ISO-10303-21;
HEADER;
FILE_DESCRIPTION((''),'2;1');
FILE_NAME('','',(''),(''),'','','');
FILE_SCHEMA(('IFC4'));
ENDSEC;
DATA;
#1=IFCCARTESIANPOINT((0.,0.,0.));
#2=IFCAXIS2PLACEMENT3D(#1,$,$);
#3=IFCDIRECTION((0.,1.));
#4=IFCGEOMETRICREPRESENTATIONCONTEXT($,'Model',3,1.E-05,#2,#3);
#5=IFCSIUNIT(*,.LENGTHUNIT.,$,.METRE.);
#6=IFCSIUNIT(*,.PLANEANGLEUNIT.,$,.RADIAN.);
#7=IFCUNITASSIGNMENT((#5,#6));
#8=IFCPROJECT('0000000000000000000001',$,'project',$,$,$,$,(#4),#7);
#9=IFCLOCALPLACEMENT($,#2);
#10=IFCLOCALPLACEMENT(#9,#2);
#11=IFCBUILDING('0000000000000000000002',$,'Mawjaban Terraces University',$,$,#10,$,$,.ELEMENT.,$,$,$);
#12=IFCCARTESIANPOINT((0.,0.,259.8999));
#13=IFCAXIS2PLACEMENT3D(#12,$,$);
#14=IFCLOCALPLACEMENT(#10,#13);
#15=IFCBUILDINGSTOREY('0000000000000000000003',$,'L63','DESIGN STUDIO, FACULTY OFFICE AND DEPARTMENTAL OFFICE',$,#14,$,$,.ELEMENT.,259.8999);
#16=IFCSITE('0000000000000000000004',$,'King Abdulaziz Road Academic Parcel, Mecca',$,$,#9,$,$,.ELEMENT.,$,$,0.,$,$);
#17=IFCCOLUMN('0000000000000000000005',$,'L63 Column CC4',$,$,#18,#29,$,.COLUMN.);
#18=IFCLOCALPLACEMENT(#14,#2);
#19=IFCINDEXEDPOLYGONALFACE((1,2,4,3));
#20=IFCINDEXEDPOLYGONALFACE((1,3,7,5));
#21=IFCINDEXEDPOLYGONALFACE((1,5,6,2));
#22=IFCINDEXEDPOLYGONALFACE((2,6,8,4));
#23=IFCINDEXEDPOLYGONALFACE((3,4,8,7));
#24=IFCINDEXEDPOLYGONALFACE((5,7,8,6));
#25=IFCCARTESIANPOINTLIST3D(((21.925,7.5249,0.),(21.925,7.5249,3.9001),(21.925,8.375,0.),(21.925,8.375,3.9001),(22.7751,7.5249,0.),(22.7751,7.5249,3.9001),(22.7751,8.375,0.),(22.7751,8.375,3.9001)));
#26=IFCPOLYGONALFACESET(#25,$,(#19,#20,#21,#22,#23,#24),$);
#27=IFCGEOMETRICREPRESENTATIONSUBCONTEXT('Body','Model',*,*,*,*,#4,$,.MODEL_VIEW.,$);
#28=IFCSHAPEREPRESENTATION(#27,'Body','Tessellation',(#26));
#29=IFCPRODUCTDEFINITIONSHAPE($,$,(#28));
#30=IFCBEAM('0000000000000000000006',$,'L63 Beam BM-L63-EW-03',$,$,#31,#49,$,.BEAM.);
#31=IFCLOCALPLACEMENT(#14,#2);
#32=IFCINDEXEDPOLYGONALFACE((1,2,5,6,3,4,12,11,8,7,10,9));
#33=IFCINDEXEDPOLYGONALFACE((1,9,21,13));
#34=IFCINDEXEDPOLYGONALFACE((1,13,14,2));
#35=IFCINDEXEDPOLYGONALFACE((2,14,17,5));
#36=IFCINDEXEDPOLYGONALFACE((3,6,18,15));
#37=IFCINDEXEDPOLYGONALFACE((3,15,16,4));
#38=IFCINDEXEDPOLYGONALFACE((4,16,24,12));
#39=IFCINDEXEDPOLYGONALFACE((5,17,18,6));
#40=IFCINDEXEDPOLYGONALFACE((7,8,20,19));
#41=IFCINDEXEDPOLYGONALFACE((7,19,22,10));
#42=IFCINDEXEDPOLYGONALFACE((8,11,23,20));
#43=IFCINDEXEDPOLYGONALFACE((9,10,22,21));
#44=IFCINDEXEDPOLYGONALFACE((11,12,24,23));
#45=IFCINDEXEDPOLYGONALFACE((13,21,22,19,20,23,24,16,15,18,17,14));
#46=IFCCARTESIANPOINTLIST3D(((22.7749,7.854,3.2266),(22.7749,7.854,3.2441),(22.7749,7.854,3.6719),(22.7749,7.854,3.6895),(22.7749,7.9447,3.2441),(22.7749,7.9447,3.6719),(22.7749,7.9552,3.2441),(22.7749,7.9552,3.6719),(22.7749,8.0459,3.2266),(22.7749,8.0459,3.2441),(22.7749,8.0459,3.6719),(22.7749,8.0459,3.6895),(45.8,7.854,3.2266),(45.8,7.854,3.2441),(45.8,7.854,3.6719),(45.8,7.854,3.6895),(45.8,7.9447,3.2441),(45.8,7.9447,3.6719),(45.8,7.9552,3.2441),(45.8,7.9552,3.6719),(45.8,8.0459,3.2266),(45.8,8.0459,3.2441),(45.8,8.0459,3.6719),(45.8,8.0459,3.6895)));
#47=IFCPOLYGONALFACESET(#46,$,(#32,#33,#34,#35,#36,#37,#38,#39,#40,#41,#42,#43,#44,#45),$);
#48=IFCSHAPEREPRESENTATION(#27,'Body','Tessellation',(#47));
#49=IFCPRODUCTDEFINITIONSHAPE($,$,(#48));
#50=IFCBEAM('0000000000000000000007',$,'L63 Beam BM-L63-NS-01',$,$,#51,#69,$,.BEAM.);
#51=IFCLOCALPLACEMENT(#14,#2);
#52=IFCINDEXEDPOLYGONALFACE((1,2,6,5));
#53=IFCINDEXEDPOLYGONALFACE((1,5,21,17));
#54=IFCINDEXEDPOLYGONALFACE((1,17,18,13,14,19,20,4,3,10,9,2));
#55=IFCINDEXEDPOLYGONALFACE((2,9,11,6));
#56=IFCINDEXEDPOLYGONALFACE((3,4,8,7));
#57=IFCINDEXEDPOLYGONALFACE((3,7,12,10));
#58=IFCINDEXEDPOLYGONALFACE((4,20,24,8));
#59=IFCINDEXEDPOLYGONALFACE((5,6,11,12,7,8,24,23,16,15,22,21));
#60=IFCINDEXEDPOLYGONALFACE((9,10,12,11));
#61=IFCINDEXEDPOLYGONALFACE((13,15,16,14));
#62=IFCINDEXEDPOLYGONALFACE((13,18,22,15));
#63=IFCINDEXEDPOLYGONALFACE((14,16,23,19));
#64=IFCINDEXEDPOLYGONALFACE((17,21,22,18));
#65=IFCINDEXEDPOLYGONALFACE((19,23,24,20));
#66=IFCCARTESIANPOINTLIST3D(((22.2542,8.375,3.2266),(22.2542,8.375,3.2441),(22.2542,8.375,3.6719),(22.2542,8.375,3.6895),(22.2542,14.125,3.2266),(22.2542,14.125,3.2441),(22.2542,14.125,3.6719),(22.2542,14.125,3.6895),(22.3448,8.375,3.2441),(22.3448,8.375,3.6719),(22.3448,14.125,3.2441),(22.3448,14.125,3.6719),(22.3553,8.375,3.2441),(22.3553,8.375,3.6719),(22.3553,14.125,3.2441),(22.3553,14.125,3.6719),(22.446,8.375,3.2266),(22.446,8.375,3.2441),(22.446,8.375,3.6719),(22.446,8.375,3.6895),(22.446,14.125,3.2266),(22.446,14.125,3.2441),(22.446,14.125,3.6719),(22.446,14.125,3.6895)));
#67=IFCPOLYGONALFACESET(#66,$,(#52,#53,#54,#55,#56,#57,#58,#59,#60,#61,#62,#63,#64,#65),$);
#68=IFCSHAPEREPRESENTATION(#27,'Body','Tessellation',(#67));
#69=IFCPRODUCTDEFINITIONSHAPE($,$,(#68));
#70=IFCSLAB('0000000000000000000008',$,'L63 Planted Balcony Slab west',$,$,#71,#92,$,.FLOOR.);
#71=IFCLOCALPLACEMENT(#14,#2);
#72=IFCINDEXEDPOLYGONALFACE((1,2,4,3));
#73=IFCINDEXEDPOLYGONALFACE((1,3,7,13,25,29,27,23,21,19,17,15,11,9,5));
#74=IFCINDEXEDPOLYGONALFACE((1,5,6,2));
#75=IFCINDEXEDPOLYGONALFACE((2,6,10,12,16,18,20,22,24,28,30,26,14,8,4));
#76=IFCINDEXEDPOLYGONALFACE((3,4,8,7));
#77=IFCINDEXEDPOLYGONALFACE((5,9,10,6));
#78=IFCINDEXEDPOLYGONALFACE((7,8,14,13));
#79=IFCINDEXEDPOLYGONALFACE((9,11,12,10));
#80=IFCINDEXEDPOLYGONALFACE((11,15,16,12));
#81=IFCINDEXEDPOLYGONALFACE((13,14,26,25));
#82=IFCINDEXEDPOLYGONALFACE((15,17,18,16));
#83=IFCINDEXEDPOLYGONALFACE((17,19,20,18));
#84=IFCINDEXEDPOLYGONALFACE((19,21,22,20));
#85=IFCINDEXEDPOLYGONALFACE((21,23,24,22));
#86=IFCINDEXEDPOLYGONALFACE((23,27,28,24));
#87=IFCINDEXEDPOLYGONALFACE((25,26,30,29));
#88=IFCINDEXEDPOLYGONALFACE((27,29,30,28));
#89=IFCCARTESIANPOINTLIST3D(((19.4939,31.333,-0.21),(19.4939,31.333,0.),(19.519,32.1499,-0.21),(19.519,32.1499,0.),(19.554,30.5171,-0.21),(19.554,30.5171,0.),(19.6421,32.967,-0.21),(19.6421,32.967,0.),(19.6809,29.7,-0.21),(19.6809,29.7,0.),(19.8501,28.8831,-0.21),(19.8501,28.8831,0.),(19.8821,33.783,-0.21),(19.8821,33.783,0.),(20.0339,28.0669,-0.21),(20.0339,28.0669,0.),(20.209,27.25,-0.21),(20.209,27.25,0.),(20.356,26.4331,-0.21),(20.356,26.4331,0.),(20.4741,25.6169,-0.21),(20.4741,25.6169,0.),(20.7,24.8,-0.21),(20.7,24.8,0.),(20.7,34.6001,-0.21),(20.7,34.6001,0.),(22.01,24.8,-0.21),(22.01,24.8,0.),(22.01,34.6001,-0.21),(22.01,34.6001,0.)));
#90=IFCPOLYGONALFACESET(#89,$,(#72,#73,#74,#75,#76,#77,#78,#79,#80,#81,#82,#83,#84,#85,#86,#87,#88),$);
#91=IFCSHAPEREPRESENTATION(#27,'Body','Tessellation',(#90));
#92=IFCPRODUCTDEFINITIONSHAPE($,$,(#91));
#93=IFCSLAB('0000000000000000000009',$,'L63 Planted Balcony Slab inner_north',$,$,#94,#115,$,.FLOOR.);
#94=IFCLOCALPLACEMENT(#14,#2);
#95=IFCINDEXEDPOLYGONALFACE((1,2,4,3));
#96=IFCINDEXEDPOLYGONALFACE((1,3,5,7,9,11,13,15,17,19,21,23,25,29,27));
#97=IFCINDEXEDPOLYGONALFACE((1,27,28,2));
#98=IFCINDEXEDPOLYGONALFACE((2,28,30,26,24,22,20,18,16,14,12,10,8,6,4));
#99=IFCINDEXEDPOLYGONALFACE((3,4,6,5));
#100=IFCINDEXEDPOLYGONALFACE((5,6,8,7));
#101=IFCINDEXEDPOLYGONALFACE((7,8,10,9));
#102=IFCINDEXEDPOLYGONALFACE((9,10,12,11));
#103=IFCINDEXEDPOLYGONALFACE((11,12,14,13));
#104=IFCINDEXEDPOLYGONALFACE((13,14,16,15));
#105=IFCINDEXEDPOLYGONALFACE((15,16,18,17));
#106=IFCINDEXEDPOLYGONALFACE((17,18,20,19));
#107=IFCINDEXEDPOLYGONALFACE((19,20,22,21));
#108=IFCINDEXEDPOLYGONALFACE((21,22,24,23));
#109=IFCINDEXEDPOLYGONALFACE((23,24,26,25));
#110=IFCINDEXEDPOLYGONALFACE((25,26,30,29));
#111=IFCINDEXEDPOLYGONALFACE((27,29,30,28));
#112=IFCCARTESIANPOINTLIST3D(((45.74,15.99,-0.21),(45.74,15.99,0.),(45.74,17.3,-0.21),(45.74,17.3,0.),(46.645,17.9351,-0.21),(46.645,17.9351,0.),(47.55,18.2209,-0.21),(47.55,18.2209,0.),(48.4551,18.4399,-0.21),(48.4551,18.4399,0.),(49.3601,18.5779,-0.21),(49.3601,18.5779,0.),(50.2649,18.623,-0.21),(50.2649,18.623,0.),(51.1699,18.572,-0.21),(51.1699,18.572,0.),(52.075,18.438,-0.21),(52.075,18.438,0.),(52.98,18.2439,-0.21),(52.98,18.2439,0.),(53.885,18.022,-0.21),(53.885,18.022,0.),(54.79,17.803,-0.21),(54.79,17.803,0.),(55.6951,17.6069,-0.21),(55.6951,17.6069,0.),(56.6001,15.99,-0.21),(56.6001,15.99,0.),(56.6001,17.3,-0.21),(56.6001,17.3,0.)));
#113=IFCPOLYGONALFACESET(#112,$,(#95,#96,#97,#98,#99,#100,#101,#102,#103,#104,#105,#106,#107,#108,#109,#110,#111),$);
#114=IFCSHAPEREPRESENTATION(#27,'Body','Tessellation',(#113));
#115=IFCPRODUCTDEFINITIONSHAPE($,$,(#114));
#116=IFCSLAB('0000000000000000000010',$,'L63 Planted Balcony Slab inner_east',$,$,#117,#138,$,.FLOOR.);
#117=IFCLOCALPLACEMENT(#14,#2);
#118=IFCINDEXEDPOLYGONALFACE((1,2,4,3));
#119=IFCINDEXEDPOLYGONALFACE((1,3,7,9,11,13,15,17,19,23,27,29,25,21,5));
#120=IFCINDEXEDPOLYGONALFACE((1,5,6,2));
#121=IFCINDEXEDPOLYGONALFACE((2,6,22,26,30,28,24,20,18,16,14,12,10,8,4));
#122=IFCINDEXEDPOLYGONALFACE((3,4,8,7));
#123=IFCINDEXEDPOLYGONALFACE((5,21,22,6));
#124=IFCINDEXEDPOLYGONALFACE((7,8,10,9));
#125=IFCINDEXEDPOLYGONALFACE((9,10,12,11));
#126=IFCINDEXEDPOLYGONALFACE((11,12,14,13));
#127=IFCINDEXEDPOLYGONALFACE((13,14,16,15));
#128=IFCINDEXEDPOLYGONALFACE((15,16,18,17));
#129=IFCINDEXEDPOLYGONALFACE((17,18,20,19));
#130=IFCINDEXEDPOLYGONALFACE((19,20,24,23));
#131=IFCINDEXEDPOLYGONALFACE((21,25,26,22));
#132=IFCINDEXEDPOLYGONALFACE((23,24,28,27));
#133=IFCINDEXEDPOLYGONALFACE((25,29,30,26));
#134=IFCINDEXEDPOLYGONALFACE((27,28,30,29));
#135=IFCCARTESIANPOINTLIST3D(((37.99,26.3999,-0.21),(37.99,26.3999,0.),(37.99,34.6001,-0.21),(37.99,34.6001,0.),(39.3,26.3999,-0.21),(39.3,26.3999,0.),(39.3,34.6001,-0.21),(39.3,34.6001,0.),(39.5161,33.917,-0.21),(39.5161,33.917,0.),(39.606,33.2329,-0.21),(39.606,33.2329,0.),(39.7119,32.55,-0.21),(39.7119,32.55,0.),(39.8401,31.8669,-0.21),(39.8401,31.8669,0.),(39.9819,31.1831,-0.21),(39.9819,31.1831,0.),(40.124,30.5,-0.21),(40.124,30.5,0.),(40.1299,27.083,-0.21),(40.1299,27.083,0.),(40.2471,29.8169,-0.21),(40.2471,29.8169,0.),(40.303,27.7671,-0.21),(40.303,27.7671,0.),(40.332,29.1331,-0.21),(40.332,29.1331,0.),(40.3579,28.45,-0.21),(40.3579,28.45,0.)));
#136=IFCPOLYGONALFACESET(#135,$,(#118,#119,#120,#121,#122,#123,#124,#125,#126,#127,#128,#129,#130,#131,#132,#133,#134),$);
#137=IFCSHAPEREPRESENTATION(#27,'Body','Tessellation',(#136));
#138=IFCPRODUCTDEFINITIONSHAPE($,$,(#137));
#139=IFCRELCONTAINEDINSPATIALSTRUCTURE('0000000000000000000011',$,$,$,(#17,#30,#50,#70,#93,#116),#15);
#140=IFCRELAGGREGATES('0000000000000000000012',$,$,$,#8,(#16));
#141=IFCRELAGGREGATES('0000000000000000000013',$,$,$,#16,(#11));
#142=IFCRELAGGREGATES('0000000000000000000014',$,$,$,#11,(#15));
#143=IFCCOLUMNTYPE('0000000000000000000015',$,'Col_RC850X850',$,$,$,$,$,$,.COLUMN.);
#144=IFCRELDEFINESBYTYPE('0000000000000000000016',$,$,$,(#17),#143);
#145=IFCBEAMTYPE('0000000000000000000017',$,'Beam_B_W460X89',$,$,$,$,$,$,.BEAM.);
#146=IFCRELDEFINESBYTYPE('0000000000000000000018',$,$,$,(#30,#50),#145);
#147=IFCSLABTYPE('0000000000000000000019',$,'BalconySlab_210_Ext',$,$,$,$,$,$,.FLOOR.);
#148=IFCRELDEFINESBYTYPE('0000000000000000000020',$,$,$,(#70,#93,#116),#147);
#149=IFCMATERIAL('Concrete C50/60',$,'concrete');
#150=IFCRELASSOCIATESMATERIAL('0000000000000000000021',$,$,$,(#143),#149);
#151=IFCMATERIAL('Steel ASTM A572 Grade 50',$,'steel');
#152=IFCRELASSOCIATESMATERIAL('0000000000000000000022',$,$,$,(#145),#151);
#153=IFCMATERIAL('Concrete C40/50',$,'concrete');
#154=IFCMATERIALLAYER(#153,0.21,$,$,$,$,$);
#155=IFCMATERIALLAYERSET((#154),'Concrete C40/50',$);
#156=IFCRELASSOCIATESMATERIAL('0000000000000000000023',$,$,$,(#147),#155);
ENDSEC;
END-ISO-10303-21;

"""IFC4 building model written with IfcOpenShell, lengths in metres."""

from ifc_helpers import new_model, si_unit, direction, frame, origin, origin_2d, place, context, subcontext, project, spatial, polyline, rectangle, i_section, outline, extrude, material, layer, layer_set, material_profile, profile_set, type_object, element, save


model = new_model("IFC4")

# Units and contexts
model_context = context("Model", 3, precision=1e-05, world=origin(), true_north=direction((0.0, 1.0)))
body_context = subcontext(model_context, "Body", "Model", "MODEL_VIEW")
ifc_project = project(units=[si_unit("LENGTHUNIT", "METRE"), si_unit("PLANEANGLEUNIT", "RADIAN")], contexts=[model_context])

# Site, building, storey
site_placement = place(None, origin())
site = spatial("IfcSite", under=ifc_project, at=site_placement, Name="King Abdulaziz Road Academic Parcel, Mecca", CompositionType="ELEMENT", RefElevation=0.0)
building_placement = place(site_placement, origin())
building = spatial("IfcBuilding", under=site, at=building_placement, Name="Mawjaban Terraces University", CompositionType="ELEMENT")
storey_placement = place(building_placement, frame((0.0, 0.0, 259.8999)))
storey = spatial("IfcBuildingStorey", under=building, at=storey_placement, Name="L63", Description="DESIGN STUDIO, FACULTY OFFICE AND DEPARTMENTAL OFFICE", CompositionType="ELEMENT", Elevation=259.8999)

# Column
ifc_material_1 = material(Name="Concrete C50/60", Category="concrete")
ifc_material_profile_1 = material_profile(ifc_material_1, rectangle(XDim=0.8501, YDim=0.8501, at=origin_2d()), Name="RC850X850")
ifc_profile_set_1 = profile_set([ifc_material_profile_1], Name="Concrete C50/60")
column_type = type_object("IfcColumnType", Name="Col_RC850X850", PredefinedType="COLUMN", material=ifc_profile_set_1)
column_placement = place(storey_placement, frame((22.3501, 7.95, 0.0), z_axis=(0.0, 0.0, 1.0), x_axis=(1.0, 0.0, 0.0)))
element("IfcColumn", 1, at=column_placement, inside=storey, type_object=column_type, Name="L63 Column CC4", PredefinedType="COLUMN", context=body_context, shape_type="SweptSolid", body=[
    extrude(rectangle(XDim=0.8501, YDim=0.8501, at=origin_2d()), origin(), (0.0, 0.0, 1.0), 3.9001),
])

# Beams
ifc_material_2 = material(Name="Steel ASTM A572 Grade 50", Category="steel")
ifc_material_profile_2 = material_profile(ifc_material_2, i_section(OverallWidth=0.1919, OverallDepth=0.4629, WebThickness=0.0105, FlangeThickness=0.0176, at=origin_2d()), Name="W460X89")
ifc_profile_set_2 = profile_set([ifc_material_profile_2], Name="Steel ASTM A572 Grade 50")
beam_type = type_object("IfcBeamType", Name="Beam_B_W460X89", PredefinedType="BEAM", material=ifc_profile_set_2)
beam_1_placement = place(storey_placement, frame((22.7749, 7.95, 3.458), z_axis=(1.0, 0.0, 0.0), x_axis=(0.0, 1.0, 0.0)))
element("IfcBeam", 2, at=beam_1_placement, inside=storey, type_object=beam_type, Name="L63 Beam BM-L63-EW-03", PredefinedType="BEAM", context=body_context, shape_type="SweptSolid", body=[
    extrude(i_section(OverallWidth=0.1919, OverallDepth=0.4629, WebThickness=0.0105, FlangeThickness=0.0176, at=origin_2d()), origin(), (0.0, 0.0, 1.0), 23.0251),
])
beam_2_placement = place(storey_placement, frame((22.3501, 8.375, 3.458), z_axis=(0.0, 1.0, 0.0), x_axis=(-1.0, 0.0, 0.0)))
element("IfcBeam", 3, at=beam_2_placement, inside=storey, type_object=beam_type, Name="L63 Beam BM-L63-NS-01", PredefinedType="BEAM", context=body_context, shape_type="SweptSolid", body=[
    extrude(i_section(OverallWidth=0.1919, OverallDepth=0.4629, WebThickness=0.0105, FlangeThickness=0.0176, at=origin_2d()), origin(), (0.0, 0.0, 1.0), 5.75),
])

# Slabs
ifc_material_3 = material(Name="Concrete C40/50", Category="concrete")
ifc_layer_1 = layer(ifc_material_3, 0.21)
ifc_layer_set_1 = layer_set([ifc_layer_1], Name="Concrete C40/50")
slab_type_1 = type_object("IfcSlabType", Name="BalconySlab_210_Ext", PredefinedType="FLOOR", material=ifc_layer_set_1)
slab_1_placement = place(storey_placement, frame((0.0, 0.0, -0.21)))
element("IfcSlab", 4, at=slab_1_placement, inside=storey, type_object=slab_type_1, Name="L63 Planted Balcony Slab west", PredefinedType="FLOOR", context=body_context, shape_type="SweptSolid", body=[
    extrude(outline(polyline([(22.01, 24.8), (22.01, 34.6001), (20.7, 34.6001), (19.8821, 33.783), (19.6421, 32.967), (19.519, 32.1499), (19.4939, 31.333), (19.554, 30.5171), (19.6809, 29.7), (19.8501, 28.8831), (20.0339, 28.0669), (20.209, 27.25), (20.356, 26.4331), (20.4741, 25.6169), (20.7, 24.8), (22.01, 24.8)])), origin(), (0.0, 0.0, 1.0), 0.21),
])
slab_2_placement = place(storey_placement, frame((0.0, 0.0, -0.21)))
element("IfcSlab", 5, at=slab_2_placement, inside=storey, type_object=slab_type_1, Name="L63 Planted Balcony Slab inner_north", PredefinedType="FLOOR", context=body_context, shape_type="SweptSolid", body=[
    extrude(outline(polyline([(45.74, 15.99), (56.6001, 15.99), (56.6001, 17.3), (55.6951, 17.6069), (54.79, 17.803), (53.885, 18.022), (52.98, 18.2439), (52.075, 18.438), (51.1699, 18.572), (50.2649, 18.623), (49.3601, 18.5779), (48.4551, 18.4399), (47.55, 18.2209), (46.645, 17.9351), (45.74, 17.3), (45.74, 15.99)])), origin(), (0.0, 0.0, 1.0), 0.21),
])
slab_3_placement = place(storey_placement, frame((0.0, 0.0, -0.21)))
element("IfcSlab", 6, at=slab_3_placement, inside=storey, type_object=slab_type_1, Name="L63 Planted Balcony Slab inner_east", PredefinedType="FLOOR", context=body_context, shape_type="SweptSolid", body=[
    extrude(outline(polyline([(39.3, 26.3999), (40.1299, 27.083), (40.303, 27.7671), (40.3579, 28.45), (40.332, 29.1331), (40.2471, 29.8169), (40.124, 30.5), (39.9819, 31.1831), (39.8401, 31.8669), (39.7119, 32.55), (39.606, 33.2329), (39.5161, 33.917), (39.3, 34.6001), (37.99, 34.6001), (37.99, 26.3999), (39.3, 26.3999)])), origin(), (0.0, 0.0, 1.0), 0.21),
])

save(model, "model.ifc")
